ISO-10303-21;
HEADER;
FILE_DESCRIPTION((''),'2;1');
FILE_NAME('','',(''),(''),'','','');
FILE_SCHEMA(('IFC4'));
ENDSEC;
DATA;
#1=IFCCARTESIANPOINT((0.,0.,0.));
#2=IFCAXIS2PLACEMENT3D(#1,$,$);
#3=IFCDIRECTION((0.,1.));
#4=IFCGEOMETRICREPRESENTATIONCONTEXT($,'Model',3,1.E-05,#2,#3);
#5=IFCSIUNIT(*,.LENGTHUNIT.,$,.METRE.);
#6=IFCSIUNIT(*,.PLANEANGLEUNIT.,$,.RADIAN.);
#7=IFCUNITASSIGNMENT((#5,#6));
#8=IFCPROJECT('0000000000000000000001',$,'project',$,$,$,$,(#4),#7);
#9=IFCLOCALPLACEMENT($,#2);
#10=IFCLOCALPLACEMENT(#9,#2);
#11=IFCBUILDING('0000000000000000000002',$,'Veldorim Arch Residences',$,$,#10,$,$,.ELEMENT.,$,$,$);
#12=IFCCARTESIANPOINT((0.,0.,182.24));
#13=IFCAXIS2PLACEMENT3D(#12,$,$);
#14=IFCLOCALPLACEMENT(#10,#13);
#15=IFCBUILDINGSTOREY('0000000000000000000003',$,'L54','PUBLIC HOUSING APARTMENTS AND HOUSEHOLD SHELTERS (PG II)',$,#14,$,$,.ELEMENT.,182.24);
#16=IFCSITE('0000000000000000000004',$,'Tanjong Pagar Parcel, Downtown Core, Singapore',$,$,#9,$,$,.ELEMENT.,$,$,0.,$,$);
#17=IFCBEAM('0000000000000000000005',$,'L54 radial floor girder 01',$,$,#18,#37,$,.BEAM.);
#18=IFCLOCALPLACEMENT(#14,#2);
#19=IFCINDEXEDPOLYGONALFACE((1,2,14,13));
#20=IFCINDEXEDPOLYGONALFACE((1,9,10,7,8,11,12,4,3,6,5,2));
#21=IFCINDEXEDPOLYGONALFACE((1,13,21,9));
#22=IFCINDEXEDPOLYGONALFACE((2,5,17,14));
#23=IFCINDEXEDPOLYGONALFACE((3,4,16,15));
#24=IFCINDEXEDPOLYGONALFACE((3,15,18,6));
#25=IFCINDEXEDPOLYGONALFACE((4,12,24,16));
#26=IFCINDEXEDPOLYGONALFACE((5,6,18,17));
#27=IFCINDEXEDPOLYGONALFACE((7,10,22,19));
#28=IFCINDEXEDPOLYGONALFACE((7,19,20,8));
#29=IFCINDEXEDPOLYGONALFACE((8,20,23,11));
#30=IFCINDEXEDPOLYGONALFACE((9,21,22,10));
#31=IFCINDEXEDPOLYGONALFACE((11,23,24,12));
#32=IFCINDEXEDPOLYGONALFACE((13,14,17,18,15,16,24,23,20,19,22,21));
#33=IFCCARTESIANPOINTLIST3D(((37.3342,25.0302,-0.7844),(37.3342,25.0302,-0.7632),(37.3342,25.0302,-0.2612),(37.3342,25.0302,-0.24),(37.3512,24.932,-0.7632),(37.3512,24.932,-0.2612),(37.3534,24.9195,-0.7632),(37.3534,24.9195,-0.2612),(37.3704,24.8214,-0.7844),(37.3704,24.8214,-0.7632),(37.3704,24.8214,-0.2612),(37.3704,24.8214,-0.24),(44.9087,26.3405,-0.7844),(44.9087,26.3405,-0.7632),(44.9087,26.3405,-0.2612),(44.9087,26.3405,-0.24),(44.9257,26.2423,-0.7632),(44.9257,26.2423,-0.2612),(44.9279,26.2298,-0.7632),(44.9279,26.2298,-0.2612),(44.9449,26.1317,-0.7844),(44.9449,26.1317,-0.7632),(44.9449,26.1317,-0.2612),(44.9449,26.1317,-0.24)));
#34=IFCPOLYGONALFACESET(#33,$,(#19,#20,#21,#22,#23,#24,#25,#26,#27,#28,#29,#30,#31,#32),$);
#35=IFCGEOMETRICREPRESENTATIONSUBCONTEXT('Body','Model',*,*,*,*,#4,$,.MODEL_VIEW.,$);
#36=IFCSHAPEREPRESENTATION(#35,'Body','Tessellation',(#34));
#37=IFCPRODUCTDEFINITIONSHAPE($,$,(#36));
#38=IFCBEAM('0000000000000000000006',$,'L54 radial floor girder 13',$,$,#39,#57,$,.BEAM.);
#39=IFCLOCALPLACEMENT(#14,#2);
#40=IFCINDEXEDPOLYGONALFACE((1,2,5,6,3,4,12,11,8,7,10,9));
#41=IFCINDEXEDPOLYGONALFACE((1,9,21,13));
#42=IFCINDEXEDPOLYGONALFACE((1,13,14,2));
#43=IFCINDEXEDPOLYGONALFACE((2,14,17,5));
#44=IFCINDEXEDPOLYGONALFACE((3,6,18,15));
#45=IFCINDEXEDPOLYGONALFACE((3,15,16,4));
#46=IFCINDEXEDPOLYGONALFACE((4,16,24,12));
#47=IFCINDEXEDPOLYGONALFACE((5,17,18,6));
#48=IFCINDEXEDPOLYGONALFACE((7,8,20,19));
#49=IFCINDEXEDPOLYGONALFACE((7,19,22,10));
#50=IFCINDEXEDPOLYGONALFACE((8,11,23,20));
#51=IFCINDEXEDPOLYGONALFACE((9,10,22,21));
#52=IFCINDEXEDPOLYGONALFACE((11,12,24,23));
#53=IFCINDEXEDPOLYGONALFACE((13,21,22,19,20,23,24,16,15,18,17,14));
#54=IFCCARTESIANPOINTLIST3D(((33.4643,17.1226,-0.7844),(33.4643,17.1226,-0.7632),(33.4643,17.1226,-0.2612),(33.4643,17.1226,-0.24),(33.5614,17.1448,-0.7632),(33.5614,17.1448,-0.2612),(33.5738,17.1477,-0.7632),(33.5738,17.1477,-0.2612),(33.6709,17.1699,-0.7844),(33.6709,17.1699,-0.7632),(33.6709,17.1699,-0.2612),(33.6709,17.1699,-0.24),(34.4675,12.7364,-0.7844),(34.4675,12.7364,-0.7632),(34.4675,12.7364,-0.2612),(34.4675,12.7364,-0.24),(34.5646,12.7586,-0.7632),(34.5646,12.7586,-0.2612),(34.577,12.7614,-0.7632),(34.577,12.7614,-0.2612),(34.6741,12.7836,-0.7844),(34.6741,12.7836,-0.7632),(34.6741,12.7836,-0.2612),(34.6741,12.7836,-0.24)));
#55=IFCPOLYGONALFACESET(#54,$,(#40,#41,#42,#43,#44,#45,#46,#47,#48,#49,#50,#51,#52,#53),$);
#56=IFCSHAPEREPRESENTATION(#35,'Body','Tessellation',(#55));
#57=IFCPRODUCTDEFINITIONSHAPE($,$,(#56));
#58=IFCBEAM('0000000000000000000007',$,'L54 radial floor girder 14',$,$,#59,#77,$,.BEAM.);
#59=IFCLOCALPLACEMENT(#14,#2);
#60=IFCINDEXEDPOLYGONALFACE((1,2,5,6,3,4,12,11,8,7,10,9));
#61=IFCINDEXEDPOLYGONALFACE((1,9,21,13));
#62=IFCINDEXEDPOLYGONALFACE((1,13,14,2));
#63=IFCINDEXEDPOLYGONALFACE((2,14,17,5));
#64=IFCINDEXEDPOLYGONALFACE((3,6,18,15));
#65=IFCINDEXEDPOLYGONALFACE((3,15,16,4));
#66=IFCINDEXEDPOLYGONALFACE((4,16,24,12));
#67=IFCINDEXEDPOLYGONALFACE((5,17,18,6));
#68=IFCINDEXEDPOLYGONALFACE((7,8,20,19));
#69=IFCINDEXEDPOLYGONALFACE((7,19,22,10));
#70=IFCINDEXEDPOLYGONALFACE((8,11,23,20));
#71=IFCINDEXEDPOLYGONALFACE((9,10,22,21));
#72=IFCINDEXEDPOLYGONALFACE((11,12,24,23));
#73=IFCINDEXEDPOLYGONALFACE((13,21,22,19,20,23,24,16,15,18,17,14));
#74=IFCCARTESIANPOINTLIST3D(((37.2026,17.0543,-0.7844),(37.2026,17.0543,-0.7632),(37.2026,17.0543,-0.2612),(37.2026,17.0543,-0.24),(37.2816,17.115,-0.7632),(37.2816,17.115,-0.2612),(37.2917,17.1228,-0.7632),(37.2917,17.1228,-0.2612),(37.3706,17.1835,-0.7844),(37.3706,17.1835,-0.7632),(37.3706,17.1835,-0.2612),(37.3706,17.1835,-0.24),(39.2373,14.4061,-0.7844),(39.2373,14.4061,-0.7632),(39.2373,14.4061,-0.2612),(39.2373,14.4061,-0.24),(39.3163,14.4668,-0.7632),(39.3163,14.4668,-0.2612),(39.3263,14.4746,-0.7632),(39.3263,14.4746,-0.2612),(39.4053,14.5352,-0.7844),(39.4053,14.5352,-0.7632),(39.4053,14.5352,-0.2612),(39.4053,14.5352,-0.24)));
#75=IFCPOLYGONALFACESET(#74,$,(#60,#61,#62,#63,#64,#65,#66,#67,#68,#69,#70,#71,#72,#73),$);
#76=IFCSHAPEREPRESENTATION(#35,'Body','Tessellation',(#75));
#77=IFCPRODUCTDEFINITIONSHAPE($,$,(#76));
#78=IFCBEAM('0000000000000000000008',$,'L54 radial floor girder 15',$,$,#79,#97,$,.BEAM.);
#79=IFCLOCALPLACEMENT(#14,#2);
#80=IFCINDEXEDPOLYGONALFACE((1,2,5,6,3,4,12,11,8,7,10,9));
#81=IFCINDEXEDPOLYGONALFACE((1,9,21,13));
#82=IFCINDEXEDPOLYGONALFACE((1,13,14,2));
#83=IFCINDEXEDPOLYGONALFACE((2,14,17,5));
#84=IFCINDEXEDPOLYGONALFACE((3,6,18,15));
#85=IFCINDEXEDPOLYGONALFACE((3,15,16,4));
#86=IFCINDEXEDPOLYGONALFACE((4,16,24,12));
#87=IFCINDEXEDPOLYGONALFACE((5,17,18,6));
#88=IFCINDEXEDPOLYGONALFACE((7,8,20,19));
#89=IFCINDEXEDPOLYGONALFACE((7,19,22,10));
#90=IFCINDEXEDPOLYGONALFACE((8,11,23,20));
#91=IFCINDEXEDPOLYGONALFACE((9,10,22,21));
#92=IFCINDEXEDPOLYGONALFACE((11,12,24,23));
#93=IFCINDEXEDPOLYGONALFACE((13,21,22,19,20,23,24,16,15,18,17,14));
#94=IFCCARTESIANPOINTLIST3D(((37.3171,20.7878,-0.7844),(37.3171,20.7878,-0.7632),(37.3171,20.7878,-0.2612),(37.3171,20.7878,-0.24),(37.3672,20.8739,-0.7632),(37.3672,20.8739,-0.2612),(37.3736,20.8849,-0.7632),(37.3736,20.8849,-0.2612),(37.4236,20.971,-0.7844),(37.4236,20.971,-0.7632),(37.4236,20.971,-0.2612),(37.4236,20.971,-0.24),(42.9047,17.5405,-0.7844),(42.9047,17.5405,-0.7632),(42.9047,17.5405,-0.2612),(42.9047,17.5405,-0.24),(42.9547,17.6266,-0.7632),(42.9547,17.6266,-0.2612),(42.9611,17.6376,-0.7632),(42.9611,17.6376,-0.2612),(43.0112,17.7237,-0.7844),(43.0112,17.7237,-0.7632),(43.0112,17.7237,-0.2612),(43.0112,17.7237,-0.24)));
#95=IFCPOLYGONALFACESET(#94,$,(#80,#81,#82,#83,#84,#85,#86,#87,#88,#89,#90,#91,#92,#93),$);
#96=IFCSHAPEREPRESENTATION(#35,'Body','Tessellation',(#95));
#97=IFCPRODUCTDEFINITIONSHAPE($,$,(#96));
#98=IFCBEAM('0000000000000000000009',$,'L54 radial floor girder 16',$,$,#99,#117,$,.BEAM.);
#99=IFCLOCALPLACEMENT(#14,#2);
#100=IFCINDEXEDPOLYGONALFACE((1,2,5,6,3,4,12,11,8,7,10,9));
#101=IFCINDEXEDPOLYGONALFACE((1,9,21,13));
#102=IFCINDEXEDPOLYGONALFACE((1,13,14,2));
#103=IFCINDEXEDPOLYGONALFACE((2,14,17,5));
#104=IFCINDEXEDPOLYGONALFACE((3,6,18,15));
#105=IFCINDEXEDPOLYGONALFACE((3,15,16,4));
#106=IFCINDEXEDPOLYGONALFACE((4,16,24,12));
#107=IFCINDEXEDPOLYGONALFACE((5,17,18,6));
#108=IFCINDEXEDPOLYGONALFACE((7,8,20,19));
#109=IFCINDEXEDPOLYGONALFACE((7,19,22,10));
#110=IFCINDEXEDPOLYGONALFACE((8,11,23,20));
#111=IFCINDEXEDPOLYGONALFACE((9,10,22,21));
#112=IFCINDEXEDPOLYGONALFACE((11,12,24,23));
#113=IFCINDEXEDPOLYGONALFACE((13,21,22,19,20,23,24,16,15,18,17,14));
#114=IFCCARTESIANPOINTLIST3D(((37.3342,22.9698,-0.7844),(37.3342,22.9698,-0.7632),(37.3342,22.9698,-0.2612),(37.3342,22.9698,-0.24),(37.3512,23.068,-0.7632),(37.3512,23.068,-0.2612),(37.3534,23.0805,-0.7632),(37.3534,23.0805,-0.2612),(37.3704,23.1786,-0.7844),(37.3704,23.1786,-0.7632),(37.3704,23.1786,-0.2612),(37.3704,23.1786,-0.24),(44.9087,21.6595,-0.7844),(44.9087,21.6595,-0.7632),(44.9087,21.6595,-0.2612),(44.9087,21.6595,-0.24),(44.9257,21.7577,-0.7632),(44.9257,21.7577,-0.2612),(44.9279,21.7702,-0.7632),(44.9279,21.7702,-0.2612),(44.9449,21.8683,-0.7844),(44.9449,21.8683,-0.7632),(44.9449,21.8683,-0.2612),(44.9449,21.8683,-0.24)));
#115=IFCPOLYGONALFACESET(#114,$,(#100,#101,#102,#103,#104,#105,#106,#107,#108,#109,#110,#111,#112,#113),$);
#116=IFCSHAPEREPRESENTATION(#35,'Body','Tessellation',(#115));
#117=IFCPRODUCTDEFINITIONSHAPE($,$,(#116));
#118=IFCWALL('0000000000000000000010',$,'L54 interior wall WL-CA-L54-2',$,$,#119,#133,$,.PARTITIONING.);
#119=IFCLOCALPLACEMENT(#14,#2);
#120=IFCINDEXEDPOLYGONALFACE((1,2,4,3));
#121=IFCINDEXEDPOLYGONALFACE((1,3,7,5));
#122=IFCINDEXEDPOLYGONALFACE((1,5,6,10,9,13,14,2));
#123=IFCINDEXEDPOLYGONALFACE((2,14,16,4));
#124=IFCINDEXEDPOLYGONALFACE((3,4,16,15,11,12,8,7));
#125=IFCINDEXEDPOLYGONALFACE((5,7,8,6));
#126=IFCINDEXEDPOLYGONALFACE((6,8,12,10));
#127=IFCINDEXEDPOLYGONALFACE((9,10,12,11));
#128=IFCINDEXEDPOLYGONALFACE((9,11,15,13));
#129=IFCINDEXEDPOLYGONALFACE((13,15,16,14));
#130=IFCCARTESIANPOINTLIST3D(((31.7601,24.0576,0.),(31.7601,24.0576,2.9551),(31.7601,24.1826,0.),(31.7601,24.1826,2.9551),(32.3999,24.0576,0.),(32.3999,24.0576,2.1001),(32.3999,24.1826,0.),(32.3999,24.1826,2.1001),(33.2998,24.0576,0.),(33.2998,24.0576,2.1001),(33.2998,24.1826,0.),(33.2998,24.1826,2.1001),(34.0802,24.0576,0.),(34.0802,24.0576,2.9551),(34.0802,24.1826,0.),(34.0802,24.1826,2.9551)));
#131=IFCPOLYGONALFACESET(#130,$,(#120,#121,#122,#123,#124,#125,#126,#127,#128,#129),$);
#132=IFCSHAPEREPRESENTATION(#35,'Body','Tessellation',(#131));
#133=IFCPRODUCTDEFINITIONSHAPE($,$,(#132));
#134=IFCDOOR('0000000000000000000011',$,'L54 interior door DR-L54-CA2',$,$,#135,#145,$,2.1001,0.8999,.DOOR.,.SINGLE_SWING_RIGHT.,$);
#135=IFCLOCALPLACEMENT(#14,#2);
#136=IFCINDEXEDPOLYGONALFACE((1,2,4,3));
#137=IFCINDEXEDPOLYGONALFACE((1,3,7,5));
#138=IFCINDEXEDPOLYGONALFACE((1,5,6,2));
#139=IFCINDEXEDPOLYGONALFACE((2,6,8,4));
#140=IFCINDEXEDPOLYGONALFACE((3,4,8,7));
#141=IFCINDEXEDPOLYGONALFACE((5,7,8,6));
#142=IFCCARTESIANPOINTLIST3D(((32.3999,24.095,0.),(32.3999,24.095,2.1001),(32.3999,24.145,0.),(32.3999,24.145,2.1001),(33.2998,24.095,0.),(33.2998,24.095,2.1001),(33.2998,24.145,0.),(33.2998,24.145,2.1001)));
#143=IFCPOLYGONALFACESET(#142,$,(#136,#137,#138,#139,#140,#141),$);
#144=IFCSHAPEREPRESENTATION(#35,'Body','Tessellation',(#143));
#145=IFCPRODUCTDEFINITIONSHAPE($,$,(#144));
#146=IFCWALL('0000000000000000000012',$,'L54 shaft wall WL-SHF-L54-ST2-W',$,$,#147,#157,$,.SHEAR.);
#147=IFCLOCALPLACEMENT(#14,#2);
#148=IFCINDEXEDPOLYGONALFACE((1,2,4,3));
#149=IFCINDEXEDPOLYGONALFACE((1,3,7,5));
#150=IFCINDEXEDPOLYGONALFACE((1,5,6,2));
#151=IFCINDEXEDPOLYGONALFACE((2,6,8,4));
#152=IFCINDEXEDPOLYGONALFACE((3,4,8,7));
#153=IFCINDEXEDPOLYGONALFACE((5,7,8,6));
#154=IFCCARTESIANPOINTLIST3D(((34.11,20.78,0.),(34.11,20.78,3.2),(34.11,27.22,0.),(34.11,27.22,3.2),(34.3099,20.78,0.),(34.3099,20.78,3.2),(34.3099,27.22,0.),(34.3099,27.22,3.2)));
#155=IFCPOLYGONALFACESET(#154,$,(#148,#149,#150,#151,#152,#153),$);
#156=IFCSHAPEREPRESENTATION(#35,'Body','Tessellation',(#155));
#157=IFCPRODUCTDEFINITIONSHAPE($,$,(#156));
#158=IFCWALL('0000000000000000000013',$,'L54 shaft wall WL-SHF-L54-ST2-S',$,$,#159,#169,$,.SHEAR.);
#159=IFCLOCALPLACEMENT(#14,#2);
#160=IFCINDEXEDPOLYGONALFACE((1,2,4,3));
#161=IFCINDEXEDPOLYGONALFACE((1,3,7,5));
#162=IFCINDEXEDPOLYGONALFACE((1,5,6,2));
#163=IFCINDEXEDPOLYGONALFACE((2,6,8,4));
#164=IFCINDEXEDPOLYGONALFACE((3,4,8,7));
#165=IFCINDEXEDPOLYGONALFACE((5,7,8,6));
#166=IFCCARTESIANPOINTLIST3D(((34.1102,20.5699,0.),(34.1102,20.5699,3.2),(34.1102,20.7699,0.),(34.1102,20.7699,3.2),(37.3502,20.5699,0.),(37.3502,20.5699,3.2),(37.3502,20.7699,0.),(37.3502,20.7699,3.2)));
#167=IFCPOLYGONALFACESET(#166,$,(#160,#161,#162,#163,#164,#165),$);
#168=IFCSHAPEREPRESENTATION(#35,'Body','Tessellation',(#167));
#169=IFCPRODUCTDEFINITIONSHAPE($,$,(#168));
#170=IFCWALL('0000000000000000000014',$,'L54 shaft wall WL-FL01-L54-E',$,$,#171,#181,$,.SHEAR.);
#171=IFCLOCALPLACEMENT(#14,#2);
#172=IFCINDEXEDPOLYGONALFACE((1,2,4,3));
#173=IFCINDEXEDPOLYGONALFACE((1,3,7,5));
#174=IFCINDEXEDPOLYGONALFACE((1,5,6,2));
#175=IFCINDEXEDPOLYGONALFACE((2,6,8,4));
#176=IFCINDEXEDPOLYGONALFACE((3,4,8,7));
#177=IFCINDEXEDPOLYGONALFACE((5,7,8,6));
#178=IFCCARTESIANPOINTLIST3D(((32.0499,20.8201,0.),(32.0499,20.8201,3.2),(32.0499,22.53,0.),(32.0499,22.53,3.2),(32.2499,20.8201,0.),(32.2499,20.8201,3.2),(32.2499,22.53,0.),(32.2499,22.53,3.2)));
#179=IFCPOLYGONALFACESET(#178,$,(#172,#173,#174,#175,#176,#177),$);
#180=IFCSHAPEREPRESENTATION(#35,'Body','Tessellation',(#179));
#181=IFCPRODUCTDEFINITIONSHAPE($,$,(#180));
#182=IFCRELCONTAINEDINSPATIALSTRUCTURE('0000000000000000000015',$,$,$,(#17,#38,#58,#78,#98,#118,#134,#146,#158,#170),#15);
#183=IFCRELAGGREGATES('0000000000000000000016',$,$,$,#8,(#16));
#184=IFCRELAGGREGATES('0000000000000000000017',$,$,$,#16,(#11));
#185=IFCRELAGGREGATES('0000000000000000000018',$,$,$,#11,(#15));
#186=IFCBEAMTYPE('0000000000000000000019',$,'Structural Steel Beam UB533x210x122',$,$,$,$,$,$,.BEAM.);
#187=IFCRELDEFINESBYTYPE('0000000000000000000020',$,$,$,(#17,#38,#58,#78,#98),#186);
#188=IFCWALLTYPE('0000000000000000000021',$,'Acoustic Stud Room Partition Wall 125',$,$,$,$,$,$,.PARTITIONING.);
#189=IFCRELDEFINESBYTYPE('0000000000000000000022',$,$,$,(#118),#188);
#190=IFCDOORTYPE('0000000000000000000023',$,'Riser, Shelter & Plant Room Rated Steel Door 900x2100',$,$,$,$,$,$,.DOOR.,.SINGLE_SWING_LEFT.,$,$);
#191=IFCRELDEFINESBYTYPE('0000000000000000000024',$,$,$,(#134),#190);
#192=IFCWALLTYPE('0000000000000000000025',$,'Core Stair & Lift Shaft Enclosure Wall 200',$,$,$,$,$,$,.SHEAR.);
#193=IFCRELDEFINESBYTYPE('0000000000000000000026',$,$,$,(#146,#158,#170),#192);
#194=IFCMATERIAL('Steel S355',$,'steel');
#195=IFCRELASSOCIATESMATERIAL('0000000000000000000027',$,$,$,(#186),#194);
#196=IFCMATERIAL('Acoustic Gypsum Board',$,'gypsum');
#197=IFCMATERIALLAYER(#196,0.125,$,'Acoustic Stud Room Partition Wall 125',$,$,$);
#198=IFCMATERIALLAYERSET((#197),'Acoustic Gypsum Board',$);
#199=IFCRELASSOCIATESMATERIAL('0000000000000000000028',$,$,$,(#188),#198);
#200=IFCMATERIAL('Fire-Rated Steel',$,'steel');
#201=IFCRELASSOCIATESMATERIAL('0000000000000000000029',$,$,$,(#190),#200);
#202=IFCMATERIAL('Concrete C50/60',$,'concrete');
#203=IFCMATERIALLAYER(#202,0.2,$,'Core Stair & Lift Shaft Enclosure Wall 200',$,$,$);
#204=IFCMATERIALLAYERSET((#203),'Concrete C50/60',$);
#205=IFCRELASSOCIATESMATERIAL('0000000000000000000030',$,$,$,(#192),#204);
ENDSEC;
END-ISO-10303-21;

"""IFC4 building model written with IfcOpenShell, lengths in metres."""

from ifc_helpers import new_model, si_unit, direction, frame, frame_2d, origin, origin_2d, place, context, subcontext, project, spatial, rectangle, i_section, extrude, material, layer, layer_set, material_profile, profile_set, type_object, element, fill, save


model = new_model("IFC4")

# Units and contexts
model_context = context("Model", 3, precision=1e-05, world=origin(), true_north=direction((0.0, 1.0)))
body_context = subcontext(model_context, "Body", "Model", "MODEL_VIEW")
ifc_project = project(units=[si_unit("LENGTHUNIT", "METRE"), si_unit("PLANEANGLEUNIT", "RADIAN")], contexts=[model_context])

# Site, building, storey
site_placement = place(None, origin())
site = spatial("IfcSite", under=ifc_project, at=site_placement, Name="Tanjong Pagar Parcel, Downtown Core, Singapore", CompositionType="ELEMENT", RefElevation=0.0)
building_placement = place(site_placement, origin())
building = spatial("IfcBuilding", under=site, at=building_placement, Name="Veldorim Arch Residences", CompositionType="ELEMENT")
storey_placement = place(building_placement, frame((0.0, 0.0, 182.24)))
storey = spatial("IfcBuildingStorey", under=building, at=storey_placement, Name="L54", Description="PUBLIC HOUSING APARTMENTS AND HOUSEHOLD SHELTERS (PG II)", CompositionType="ELEMENT", Elevation=182.24)

# Beams
ifc_material_1 = material(Name="Steel S355", Category="steel")
ifc_material_profile = material_profile(ifc_material_1, i_section(OverallWidth=0.2119, OverallDepth=0.5444, WebThickness=0.0127, FlangeThickness=0.0212, at=origin_2d()), Name="UB533x210x122")
ifc_profile_set = profile_set([ifc_material_profile], Name="Steel S355")
beam_type = type_object("IfcBeamType", Name="Structural Steel Beam UB533x210x122", PredefinedType="BEAM", material=ifc_profile_set)
beam_1_placement = place(storey_placement, frame((37.3523, 24.9258, -0.5122), z_axis=(0.985365, 0.170458, 0.0), x_axis=(-0.170458, 0.985365, 0.0)))
element("IfcBeam", 1, at=beam_1_placement, inside=storey, type_object=beam_type, Name="L54 radial floor girder 01", PredefinedType="BEAM", context=body_context, shape_type="SweptSolid", body=[
    extrude(i_section(OverallWidth=0.2119, OverallDepth=0.5444, WebThickness=0.0127, FlangeThickness=0.0212, at=origin_2d()), origin(), (0.0, 0.0, 1.0), 7.687),
])
beam_2_placement = place(storey_placement, frame((33.5676, 17.1462, -0.5122), z_axis=(0.222953, -0.974829, 0.0), x_axis=(0.974829, 0.222953, 0.0)))
element("IfcBeam", 2, at=beam_2_placement, inside=storey, type_object=beam_type, Name="L54 radial floor girder 13", PredefinedType="BEAM", context=body_context, shape_type="SweptSolid", body=[
    extrude(i_section(OverallWidth=0.2119, OverallDepth=0.5444, WebThickness=0.0127, FlangeThickness=0.0212, at=origin_2d()), origin(), (0.0, 0.0, 1.0), 4.4995),
])
beam_3_placement = place(storey_placement, frame((37.2866, 17.1189, -0.5122), z_axis=(0.609258, -0.792972, 0.0), x_axis=(0.792972, 0.609258, 0.0)))
element("IfcBeam", 3, at=beam_3_placement, inside=storey, type_object=beam_type, Name="L54 radial floor girder 14", PredefinedType="BEAM", context=body_context, shape_type="SweptSolid", body=[
    extrude(i_section(OverallWidth=0.2119, OverallDepth=0.5444, WebThickness=0.0127, FlangeThickness=0.0212, at=origin_2d()), origin(), (0.0, 0.0, 1.0), 3.3396),
])
beam_4_placement = place(storey_placement, frame((37.3704, 20.8794, -0.5122), z_axis=(0.864596, -0.502468, 0.0), x_axis=(0.502468, 0.864596, 0.0)))
element("IfcBeam", 4, at=beam_4_placement, inside=storey, type_object=beam_type, Name="L54 radial floor girder 15", PredefinedType="BEAM", context=body_context, shape_type="SweptSolid", body=[
    extrude(i_section(OverallWidth=0.2119, OverallDepth=0.5444, WebThickness=0.0127, FlangeThickness=0.0212, at=origin_2d()), origin(), (0.0, 0.0, 1.0), 6.4626),
])
beam_5_placement = place(storey_placement, frame((37.3523, 23.0742, -0.5122), z_axis=(0.985365, -0.170458, 0.0), x_axis=(0.170458, 0.985365, 0.0)))
element("IfcBeam", 5, at=beam_5_placement, inside=storey, type_object=beam_type, Name="L54 radial floor girder 16", PredefinedType="BEAM", context=body_context, shape_type="SweptSolid", body=[
    extrude(i_section(OverallWidth=0.2119, OverallDepth=0.5444, WebThickness=0.0127, FlangeThickness=0.0212, at=origin_2d()), origin(), (0.0, 0.0, 1.0), 7.687),
])

# Wall, opening, door
ifc_material_2 = material(Name="Acoustic Gypsum Board", Category="gypsum")
ifc_layer_1 = layer(ifc_material_2, 0.125, Name="Acoustic Stud Room Partition Wall 125")
ifc_layer_set_1 = layer_set([ifc_layer_1], Name="Acoustic Gypsum Board")
wall_type_1 = type_object("IfcWallType", Name="Acoustic Stud Room Partition Wall 125", PredefinedType="PARTITIONING", material=ifc_layer_set_1)
wall_1_placement = place(storey_placement, frame((31.76, 24.1201, 0.0), z_axis=(0.0, 0.0, 1.0), x_axis=(1.0, 0.0, 0.0)))
wall_1 = element("IfcWall", 6, at=wall_1_placement, inside=storey, type_object=wall_type_1, Name="L54 interior wall WL-CA-L54-2", PredefinedType="PARTITIONING", context=body_context, shape_type="SweptSolid", body=[
    extrude(rectangle(XDim=2.3201, YDim=0.125, at=frame_2d((1.1602, 0.0))), origin(), (0.0, 0.0, 1.0), 2.9551),
])
opening_placement = place(wall_1_placement, frame((0.6399, 0.0, 0.0)))
opening = element("IfcOpeningElement", 7, at=opening_placement, cuts=wall_1, PredefinedType="OPENING", context=body_context, shape_type="SweptSolid", body=[
    extrude(rectangle(XDim=0.8999, YDim=2.1001, at=frame_2d((0.45, 1.05))), frame((0.0, 0.0725, 0.0), z_axis=(0.0, -1.0, 0.0), x_axis=(1.0, 0.0, 0.0)), (0.0, 0.0, 1.0), 0.145),
])
ifc_material_3 = material(Name="Fire-Rated Steel", Category="steel")
door_type = type_object("IfcDoorType", Name="Riser, Shelter & Plant Room Rated Steel Door 900x2100", OperationType="SINGLE_SWING_LEFT", PredefinedType="DOOR", material=ifc_material_3)
door_placement = place(opening_placement, origin())
door = element("IfcDoor", 8, at=door_placement, inside=storey, type_object=door_type, Name="L54 interior door DR-L54-CA2", OperationType="SINGLE_SWING_RIGHT", OverallHeight=2.1001, OverallWidth=0.8999, PredefinedType="DOOR", context=body_context, shape_type="SweptSolid", body=[
    extrude(rectangle(XDim=0.8999, YDim=2.1001, at=frame_2d((0.45, 1.05))), frame((0.0, 0.0249, 0.0), z_axis=(0.0, -1.0, 0.0), x_axis=(1.0, 0.0, 0.0)), (0.0, 0.0, 1.0), 0.05),
])
fill(opening, door)

# Walls
ifc_material_4 = material(Name="Concrete C50/60", Category="concrete")
ifc_layer_2 = layer(ifc_material_4, 0.2, Name="Core Stair & Lift Shaft Enclosure Wall 200")
ifc_layer_set_2 = layer_set([ifc_layer_2], Name="Concrete C50/60")
wall_type_2 = type_object("IfcWallType", Name="Core Stair & Lift Shaft Enclosure Wall 200", PredefinedType="SHEAR", material=ifc_layer_set_2)
wall_2_placement = place(storey_placement, frame((34.21, 20.78, 0.0), z_axis=(0.0, 0.0, 1.0), x_axis=(0.0, 1.0, 0.0)))
element("IfcWall", 9, at=wall_2_placement, inside=storey, type_object=wall_type_2, Name="L54 shaft wall WL-SHF-L54-ST2-W", PredefinedType="SHEAR", context=body_context, shape_type="SweptSolid", body=[
    extrude(rectangle(XDim=6.4399, YDim=0.2, at=frame_2d((3.22, 0.0))), origin(), (0.0, 0.0, 1.0), 3.2),
])
wall_3_placement = place(storey_placement, frame((34.1101, 20.6699, 0.0), z_axis=(0.0, 0.0, 1.0), x_axis=(1.0, 0.0, 0.0)))
element("IfcWall", 10, at=wall_3_placement, inside=storey, type_object=wall_type_2, Name="L54 shaft wall WL-SHF-L54-ST2-S", PredefinedType="SHEAR", context=body_context, shape_type="SweptSolid", body=[
    extrude(rectangle(XDim=3.24, YDim=0.2, at=frame_2d((1.6201, 0.0))), origin(), (0.0, 0.0, 1.0), 3.2),
])
wall_4_placement = place(storey_placement, frame((32.1499, 20.8201, 0.0), z_axis=(0.0, 0.0, 1.0), x_axis=(0.0, 1.0, 0.0)))
element("IfcWall", 11, at=wall_4_placement, inside=storey, type_object=wall_type_2, Name="L54 shaft wall WL-FL01-L54-E", PredefinedType="SHEAR", context=body_context, shape_type="SweptSolid", body=[
    extrude(rectangle(XDim=1.71, YDim=0.2, at=frame_2d((0.855, 0.0))), origin(), (0.0, 0.0, 1.0), 3.2),
])

save(model, "model.ifc")
